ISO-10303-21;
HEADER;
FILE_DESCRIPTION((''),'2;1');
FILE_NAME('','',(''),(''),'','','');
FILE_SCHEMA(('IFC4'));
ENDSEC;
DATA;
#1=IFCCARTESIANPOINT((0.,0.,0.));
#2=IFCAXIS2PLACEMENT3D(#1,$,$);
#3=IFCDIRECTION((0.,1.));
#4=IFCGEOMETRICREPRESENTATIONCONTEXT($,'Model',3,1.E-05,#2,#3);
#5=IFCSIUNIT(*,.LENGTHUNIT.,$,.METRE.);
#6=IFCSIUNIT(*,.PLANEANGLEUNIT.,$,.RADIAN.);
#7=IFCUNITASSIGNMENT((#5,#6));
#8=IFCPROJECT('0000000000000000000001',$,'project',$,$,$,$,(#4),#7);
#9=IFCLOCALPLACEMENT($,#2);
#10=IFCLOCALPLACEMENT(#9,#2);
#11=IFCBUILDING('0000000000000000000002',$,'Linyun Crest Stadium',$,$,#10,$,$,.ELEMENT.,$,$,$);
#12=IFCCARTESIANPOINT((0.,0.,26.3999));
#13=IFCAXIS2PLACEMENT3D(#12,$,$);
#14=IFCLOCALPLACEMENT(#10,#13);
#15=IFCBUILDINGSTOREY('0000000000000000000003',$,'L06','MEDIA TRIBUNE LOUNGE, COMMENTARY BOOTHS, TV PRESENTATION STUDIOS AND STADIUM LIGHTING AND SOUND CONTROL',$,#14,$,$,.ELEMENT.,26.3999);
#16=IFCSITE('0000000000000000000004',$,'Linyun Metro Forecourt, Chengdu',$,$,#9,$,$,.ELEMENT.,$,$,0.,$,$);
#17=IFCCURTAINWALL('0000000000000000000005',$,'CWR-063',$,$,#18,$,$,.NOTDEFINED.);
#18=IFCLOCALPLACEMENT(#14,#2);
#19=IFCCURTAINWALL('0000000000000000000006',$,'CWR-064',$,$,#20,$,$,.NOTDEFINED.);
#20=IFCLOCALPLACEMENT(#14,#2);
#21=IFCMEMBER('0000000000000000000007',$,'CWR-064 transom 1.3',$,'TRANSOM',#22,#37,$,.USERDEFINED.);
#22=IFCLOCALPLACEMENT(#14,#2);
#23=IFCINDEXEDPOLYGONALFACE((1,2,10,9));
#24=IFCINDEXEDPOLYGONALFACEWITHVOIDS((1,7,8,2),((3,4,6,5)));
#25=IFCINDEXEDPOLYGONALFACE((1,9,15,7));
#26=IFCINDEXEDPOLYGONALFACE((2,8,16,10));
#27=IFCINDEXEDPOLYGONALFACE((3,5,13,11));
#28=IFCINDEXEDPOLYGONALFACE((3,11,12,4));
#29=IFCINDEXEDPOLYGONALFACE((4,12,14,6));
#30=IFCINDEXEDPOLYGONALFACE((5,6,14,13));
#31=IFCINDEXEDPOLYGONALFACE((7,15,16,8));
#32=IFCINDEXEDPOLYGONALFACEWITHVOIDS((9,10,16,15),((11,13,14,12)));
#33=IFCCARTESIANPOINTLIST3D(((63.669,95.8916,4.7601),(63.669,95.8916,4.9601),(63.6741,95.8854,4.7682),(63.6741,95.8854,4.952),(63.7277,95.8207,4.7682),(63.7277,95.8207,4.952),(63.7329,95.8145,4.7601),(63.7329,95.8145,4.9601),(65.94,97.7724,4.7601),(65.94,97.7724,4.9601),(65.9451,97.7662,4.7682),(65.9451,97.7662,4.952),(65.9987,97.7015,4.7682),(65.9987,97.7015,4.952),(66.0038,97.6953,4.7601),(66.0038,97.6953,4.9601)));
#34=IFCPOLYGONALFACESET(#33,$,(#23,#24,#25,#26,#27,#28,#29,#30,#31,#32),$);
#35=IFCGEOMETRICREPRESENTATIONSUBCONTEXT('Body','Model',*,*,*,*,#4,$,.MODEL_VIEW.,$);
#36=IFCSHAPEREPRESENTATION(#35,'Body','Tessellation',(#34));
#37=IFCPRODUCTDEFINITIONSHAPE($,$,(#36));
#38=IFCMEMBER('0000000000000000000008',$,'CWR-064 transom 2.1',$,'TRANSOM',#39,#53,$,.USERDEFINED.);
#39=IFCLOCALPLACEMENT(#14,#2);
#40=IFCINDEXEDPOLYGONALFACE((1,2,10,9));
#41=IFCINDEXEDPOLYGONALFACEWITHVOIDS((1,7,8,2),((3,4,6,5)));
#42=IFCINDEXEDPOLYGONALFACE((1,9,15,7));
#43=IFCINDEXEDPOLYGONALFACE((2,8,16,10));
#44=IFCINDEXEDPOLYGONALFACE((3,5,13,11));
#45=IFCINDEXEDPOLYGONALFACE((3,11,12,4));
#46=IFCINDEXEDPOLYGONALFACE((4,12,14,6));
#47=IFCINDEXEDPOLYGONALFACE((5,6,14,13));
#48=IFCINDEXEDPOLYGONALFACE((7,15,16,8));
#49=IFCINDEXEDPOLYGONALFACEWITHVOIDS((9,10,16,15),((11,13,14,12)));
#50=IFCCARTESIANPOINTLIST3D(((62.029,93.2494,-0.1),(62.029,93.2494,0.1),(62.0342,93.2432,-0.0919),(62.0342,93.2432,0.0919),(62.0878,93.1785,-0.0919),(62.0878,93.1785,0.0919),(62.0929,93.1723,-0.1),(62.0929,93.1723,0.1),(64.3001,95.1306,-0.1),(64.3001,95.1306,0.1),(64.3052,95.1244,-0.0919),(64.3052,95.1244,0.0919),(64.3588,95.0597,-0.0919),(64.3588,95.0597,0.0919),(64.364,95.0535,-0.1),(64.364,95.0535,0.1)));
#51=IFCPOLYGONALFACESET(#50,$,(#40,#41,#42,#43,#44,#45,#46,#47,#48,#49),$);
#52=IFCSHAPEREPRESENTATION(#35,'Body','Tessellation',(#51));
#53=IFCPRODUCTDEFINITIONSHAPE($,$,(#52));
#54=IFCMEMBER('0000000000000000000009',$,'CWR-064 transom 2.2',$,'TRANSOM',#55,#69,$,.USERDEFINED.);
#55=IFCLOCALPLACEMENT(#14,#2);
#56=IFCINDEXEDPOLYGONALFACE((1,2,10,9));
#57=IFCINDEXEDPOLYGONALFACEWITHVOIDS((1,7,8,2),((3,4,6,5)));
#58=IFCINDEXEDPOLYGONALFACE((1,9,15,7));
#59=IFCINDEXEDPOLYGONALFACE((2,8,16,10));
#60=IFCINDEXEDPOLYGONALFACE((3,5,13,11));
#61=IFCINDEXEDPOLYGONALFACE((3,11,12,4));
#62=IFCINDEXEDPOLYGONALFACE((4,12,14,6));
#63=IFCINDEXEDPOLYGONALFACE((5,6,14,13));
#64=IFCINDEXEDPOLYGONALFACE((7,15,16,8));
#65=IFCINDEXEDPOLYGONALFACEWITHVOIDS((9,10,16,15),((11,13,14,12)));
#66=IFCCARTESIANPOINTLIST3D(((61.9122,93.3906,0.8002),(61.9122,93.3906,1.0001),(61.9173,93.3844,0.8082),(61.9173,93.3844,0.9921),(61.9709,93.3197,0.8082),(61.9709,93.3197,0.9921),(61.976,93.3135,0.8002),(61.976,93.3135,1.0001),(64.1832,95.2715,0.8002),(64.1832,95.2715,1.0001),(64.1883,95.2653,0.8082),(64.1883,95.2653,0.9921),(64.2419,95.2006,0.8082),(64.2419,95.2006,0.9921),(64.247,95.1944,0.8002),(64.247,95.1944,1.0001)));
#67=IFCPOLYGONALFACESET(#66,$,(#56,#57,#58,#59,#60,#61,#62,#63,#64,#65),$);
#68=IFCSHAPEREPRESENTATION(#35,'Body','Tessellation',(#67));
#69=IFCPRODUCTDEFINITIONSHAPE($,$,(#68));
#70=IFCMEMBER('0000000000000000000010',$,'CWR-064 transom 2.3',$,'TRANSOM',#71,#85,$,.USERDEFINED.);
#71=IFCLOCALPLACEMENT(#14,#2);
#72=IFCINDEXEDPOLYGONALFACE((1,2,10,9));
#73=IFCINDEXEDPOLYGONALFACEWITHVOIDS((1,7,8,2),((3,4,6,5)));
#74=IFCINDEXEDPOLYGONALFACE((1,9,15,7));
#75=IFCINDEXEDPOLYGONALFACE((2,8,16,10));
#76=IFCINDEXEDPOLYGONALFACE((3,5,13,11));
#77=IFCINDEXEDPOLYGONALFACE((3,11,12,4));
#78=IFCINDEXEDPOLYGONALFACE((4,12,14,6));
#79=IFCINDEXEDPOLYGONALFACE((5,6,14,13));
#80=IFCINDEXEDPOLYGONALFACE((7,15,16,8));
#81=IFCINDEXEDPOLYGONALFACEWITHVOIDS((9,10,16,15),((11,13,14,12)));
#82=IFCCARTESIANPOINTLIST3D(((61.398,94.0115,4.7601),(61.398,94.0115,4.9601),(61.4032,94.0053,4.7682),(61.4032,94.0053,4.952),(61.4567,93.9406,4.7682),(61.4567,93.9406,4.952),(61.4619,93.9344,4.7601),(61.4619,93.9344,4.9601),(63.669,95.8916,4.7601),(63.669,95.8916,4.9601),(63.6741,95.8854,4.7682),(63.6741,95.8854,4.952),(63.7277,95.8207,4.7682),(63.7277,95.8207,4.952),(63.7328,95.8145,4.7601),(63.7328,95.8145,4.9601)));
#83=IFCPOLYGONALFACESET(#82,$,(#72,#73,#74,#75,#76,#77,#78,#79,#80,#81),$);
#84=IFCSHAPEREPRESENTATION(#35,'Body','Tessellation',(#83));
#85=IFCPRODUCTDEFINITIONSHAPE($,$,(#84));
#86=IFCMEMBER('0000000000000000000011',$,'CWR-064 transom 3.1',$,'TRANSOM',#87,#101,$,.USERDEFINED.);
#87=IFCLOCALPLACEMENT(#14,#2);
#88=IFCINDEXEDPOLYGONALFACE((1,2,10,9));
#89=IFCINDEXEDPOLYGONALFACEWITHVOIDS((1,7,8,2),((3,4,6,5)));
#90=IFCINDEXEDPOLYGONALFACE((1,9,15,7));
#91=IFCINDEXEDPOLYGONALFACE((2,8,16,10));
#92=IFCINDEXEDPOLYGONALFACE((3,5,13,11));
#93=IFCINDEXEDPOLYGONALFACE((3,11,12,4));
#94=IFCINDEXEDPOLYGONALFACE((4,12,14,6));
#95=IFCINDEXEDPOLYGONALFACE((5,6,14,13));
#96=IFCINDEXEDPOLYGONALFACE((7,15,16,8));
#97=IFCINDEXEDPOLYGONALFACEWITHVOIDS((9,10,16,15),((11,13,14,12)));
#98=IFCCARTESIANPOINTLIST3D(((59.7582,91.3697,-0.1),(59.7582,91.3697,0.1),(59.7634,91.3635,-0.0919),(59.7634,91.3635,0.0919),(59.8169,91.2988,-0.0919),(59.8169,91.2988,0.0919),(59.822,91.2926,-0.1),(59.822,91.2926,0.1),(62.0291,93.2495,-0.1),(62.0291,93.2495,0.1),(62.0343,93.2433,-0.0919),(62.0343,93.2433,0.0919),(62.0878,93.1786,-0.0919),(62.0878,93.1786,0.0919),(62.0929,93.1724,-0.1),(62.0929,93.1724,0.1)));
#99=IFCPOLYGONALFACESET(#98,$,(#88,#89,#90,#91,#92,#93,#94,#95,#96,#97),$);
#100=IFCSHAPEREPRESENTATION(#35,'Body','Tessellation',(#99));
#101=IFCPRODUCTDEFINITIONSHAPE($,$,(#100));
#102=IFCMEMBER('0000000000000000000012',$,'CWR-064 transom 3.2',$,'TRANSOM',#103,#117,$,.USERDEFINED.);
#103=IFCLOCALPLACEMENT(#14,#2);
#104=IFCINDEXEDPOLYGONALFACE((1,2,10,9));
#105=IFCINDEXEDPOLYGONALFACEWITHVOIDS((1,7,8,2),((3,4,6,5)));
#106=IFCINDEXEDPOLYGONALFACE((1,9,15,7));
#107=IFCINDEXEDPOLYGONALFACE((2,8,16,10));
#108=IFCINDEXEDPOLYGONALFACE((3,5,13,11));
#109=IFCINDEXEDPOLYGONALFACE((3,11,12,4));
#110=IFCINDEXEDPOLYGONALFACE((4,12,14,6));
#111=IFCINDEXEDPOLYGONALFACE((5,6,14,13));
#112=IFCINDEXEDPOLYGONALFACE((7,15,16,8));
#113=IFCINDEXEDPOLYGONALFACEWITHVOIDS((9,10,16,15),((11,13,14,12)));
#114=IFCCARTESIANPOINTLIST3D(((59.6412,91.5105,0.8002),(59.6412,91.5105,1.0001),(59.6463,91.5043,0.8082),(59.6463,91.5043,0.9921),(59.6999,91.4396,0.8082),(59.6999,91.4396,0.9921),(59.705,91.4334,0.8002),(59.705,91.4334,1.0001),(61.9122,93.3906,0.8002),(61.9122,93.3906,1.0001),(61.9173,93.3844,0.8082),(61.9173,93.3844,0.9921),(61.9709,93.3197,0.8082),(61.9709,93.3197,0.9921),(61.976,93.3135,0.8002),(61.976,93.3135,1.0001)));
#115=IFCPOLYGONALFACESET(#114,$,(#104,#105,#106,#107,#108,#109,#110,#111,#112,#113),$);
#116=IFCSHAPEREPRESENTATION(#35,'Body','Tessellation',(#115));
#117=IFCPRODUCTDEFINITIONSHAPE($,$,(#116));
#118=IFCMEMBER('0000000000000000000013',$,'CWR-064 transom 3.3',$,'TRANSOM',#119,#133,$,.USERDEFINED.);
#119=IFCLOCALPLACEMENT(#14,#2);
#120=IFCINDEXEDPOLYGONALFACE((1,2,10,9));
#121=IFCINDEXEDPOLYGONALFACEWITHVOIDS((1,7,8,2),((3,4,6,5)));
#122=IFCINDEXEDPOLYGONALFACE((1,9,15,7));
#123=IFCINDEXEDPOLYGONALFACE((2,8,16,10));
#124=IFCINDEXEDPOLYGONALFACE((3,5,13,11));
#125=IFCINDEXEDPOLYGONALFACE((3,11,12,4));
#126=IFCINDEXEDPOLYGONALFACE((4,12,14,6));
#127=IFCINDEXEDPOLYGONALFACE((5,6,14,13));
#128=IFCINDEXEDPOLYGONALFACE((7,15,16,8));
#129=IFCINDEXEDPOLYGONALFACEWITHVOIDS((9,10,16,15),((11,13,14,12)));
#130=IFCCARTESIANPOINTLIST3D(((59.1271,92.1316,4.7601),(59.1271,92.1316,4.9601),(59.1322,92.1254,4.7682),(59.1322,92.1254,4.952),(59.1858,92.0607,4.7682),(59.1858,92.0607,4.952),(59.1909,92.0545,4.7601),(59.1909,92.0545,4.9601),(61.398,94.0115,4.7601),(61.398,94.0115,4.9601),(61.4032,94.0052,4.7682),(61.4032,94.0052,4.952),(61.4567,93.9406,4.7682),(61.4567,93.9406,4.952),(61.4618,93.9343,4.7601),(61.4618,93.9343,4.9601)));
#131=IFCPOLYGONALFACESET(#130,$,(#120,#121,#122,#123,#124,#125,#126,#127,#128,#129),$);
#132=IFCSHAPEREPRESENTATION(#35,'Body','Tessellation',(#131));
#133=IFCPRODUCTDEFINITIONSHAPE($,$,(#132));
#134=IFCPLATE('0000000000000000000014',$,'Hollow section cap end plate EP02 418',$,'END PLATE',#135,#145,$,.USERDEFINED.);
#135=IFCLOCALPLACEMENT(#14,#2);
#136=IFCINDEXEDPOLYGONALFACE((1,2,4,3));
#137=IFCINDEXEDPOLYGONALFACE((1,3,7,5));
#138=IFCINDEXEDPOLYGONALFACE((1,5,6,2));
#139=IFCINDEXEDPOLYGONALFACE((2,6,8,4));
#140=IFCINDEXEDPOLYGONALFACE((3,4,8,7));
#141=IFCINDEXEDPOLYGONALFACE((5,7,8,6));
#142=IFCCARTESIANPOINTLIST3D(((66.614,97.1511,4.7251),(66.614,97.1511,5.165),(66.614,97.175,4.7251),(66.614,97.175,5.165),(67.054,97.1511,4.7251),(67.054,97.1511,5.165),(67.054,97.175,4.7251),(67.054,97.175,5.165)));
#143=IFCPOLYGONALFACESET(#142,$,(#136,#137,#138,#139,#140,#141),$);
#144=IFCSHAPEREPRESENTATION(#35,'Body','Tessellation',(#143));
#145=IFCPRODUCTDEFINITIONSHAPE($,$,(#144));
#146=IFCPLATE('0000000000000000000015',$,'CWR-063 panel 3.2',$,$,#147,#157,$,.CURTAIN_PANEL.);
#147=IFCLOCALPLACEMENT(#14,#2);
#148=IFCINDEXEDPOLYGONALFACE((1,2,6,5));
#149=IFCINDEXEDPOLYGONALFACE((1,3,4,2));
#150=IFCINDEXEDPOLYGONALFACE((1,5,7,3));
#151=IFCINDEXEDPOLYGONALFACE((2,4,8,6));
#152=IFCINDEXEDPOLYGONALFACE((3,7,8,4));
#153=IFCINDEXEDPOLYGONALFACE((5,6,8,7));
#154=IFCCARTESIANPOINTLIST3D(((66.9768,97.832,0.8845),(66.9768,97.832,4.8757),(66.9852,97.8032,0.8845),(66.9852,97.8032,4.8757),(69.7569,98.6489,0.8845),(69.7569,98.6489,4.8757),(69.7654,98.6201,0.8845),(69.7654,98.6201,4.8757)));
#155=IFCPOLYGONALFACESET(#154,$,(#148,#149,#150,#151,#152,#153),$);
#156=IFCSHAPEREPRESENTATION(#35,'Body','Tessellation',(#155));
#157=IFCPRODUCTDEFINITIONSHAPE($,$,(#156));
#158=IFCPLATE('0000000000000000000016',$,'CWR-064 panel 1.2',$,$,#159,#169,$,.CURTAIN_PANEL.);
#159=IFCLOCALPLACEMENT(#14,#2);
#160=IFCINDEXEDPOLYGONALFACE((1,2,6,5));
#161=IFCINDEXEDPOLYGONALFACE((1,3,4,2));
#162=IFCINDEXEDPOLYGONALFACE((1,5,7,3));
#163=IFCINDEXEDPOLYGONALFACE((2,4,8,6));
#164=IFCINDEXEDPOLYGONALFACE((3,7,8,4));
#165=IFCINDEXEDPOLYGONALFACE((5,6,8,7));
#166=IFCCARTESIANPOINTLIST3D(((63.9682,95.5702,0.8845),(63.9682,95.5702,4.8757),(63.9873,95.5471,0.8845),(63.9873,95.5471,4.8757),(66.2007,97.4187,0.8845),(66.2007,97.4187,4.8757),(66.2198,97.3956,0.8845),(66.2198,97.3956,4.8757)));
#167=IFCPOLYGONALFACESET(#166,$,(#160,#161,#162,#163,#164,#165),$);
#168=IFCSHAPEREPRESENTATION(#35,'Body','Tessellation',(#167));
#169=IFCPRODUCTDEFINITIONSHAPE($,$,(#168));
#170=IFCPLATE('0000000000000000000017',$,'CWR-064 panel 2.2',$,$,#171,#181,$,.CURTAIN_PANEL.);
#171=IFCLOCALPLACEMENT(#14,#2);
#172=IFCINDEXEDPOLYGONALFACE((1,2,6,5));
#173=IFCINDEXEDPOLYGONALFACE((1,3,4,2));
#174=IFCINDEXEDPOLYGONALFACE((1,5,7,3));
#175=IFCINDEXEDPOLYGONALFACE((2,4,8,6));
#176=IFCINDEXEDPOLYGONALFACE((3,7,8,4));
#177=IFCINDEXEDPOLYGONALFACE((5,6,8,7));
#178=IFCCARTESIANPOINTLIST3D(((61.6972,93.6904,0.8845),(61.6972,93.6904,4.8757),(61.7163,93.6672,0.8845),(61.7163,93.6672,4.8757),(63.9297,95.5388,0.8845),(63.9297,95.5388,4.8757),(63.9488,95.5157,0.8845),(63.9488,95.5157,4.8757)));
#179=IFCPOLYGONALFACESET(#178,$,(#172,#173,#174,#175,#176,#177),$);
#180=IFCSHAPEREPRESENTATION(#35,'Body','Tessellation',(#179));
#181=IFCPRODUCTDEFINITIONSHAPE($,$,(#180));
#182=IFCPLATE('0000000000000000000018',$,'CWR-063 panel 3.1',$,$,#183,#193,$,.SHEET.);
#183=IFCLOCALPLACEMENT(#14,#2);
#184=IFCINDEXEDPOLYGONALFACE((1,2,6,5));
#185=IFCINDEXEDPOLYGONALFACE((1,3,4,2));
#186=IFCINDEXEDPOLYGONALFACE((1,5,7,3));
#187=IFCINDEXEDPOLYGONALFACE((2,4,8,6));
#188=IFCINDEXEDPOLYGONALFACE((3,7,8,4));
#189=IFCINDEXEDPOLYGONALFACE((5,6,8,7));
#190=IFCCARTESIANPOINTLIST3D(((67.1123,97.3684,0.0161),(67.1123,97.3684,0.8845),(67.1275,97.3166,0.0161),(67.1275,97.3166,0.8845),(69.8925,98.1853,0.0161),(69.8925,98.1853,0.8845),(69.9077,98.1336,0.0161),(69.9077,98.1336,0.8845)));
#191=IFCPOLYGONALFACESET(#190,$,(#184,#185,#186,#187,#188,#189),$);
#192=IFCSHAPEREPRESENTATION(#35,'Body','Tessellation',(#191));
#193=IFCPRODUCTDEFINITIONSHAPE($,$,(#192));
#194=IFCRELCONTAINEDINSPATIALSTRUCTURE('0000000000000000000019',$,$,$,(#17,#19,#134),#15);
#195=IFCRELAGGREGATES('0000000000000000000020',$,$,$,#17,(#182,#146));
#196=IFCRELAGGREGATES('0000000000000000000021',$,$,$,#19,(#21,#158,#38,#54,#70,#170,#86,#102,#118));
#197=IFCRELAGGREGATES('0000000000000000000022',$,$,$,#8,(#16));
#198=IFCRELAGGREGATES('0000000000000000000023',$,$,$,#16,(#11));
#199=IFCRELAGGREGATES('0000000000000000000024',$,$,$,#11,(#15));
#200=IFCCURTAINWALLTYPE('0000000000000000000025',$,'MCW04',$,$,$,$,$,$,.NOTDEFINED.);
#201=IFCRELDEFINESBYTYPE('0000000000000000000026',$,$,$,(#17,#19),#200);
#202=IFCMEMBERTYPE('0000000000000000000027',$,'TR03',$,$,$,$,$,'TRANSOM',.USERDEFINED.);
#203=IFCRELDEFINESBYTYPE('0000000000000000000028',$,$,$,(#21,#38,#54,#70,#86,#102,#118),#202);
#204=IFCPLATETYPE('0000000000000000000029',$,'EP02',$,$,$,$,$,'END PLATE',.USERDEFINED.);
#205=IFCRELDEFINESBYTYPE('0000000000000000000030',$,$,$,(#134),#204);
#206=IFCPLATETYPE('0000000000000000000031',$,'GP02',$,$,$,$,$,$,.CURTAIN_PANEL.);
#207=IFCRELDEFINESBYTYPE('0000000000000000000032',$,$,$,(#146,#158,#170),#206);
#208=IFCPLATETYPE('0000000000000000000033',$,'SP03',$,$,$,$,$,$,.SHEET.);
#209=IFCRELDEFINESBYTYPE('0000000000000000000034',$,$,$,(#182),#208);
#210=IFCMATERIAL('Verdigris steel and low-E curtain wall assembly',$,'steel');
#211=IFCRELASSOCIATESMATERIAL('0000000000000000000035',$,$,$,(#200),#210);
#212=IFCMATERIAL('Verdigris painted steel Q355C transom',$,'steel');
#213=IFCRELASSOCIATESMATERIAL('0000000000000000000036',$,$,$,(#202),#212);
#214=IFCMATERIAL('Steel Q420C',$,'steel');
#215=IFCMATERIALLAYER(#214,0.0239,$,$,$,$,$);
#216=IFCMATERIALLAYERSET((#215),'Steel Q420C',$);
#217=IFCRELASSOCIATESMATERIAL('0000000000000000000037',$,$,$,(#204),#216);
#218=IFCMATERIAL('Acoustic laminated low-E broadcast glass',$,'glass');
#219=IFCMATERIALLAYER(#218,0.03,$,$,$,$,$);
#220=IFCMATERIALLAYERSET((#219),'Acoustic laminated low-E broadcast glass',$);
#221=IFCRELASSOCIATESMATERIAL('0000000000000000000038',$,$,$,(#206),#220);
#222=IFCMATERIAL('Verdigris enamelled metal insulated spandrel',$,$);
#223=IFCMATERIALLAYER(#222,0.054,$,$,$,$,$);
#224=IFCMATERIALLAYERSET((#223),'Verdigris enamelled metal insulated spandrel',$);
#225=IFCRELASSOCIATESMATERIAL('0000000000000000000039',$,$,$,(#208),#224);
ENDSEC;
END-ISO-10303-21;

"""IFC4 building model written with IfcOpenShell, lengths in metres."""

from ifc_helpers import new_model, si_unit, direction, frame, origin, origin_2d, place, context, subcontext, project, spatial, rectangle, hollow_rectangle, extrude, material, layer, layer_set, material_profile, profile_set, type_object, element, aggregate, save


model = new_model("IFC4")

# Units and contexts
model_context = context("Model", 3, precision=1e-05, world=origin(), true_north=direction((0.0, 1.0)))
body_context = subcontext(model_context, "Body", "Model", "MODEL_VIEW")
ifc_project = project(units=[si_unit("LENGTHUNIT", "METRE"), si_unit("PLANEANGLEUNIT", "RADIAN")], contexts=[model_context])

# Site, building, storey
site_placement = place(None, origin())
site = spatial("IfcSite", under=ifc_project, at=site_placement, Name="Linyun Metro Forecourt, Chengdu", CompositionType="ELEMENT", RefElevation=0.0)
building_placement = place(site_placement, origin())
building = spatial("IfcBuilding", under=site, at=building_placement, Name="Linyun Crest Stadium", CompositionType="ELEMENT")
storey_placement = place(building_placement, frame((0.0, 0.0, 26.3999)))
storey = spatial("IfcBuildingStorey", under=building, at=storey_placement, Name="L06", Description="MEDIA TRIBUNE LOUNGE, COMMENTARY BOOTHS, TV PRESENTATION STUDIOS AND STADIUM LIGHTING AND SOUND CONTROL", CompositionType="ELEMENT", Elevation=26.3999)

# Curtain walls
ifc_material_1 = material(Name="Verdigris steel and low-E curtain wall assembly", Category="steel")
curtain_wall_type = type_object("IfcCurtainWallType", Name="MCW04", PredefinedType="NOTDEFINED", material=ifc_material_1)
curtain_wall_1_placement = place(storey_placement, origin())
curtain_wall_1 = element("IfcCurtainWall", 1, at=curtain_wall_1_placement, inside=storey, type_object=curtain_wall_type, Name="CWR-063", PredefinedType="NOTDEFINED")
curtain_wall_2_placement = place(storey_placement, origin())
curtain_wall_2 = element("IfcCurtainWall", 2, at=curtain_wall_2_placement, inside=storey, type_object=curtain_wall_type, Name="CWR-064", PredefinedType="NOTDEFINED")

# Members
ifc_material_2 = material(Name="Verdigris painted steel Q355C transom", Category="steel")
ifc_material_profile_1 = material_profile(ifc_material_2, hollow_rectangle(XDim=0.1001, YDim=0.2, WallThickness=0.0081, at=origin_2d()), Name="RHS 200x100x8")
ifc_profile_set_1 = profile_set([ifc_material_profile_1], Name="Verdigris painted steel Q355C transom")
member_type_1 = type_object("IfcMemberType", Name="TR03", ElementType="TRANSOM", PredefinedType="USERDEFINED", material=ifc_profile_set_1)
member_1_placement = place(storey_placement, frame((65.9719, 97.7339, 4.8601), z_axis=(-0.770159, -0.637852, 0.0), x_axis=(0.637852, -0.770159, 0.0)))
member_1 = element("IfcMember", 3, at=member_1_placement, type_object=member_type_1, Name="CWR-064 transom 1.3", ObjectType="TRANSOM", PredefinedType="USERDEFINED", context=body_context, shape_type="SweptSolid", body=[
    extrude(hollow_rectangle(XDim=0.1001, YDim=0.2, WallThickness=0.0081, at=origin_2d()), origin(), (0.0, 0.0, 1.0), 2.9487),
])
member_2_placement = place(storey_placement, frame((64.332, 95.092, 0.0), z_axis=(-0.770118, -0.637901, 0.0), x_axis=(0.637901, -0.770118, 0.0)))
member_2 = element("IfcMember", 4, at=member_2_placement, type_object=member_type_1, Name="CWR-064 transom 2.1", ObjectType="TRANSOM", PredefinedType="USERDEFINED", context=body_context, shape_type="SweptSolid", body=[
    extrude(hollow_rectangle(XDim=0.1001, YDim=0.2, WallThickness=0.0081, at=origin_2d()), origin(), (0.0, 0.0, 1.0), 2.949),
])
member_3_placement = place(storey_placement, frame((64.2151, 95.2329, 0.9001), z_axis=(-0.770159, -0.637852, 0.0), x_axis=(0.637852, -0.770159, 0.0)))
member_3 = element("IfcMember", 5, at=member_3_placement, type_object=member_type_1, Name="CWR-064 transom 2.2", ObjectType="TRANSOM", PredefinedType="USERDEFINED", context=body_context, shape_type="SweptSolid", body=[
    extrude(hollow_rectangle(XDim=0.1001, YDim=0.2, WallThickness=0.0081, at=origin_2d()), origin(), (0.0, 0.0, 1.0), 2.9487),
])
member_4_placement = place(storey_placement, frame((63.7009, 95.853, 4.8601), z_axis=(-0.770281, -0.637705, 0.0), x_axis=(0.637705, -0.770281, 0.0)))
member_4 = element("IfcMember", 6, at=member_4_placement, type_object=member_type_1, Name="CWR-064 transom 2.3", ObjectType="TRANSOM", PredefinedType="USERDEFINED", context=body_context, shape_type="SweptSolid", body=[
    extrude(hollow_rectangle(XDim=0.1001, YDim=0.2, WallThickness=0.0081, at=origin_2d()), origin(), (0.0, 0.0, 1.0), 2.9482),
])
member_5_placement = place(storey_placement, frame((62.061, 93.2109, 0.0), z_axis=(-0.770321, -0.637656, 0.0), x_axis=(0.637656, -0.770321, 0.0)))
member_5 = element("IfcMember", 7, at=member_5_placement, type_object=member_type_1, Name="CWR-064 transom 3.1", ObjectType="TRANSOM", PredefinedType="USERDEFINED", context=body_context, shape_type="SweptSolid", body=[
    extrude(hollow_rectangle(XDim=0.1001, YDim=0.2, WallThickness=0.0081, at=origin_2d()), origin(), (0.0, 0.0, 1.0), 2.948),
])
member_6_placement = place(storey_placement, frame((61.9441, 93.3521, 0.9001), z_axis=(-0.770281, -0.637705, 0.0), x_axis=(0.637705, -0.770281, 0.0)))
member_6 = element("IfcMember", 8, at=member_6_placement, type_object=member_type_1, Name="CWR-064 transom 3.2", ObjectType="TRANSOM", PredefinedType="USERDEFINED", context=body_context, shape_type="SweptSolid", body=[
    extrude(hollow_rectangle(XDim=0.1001, YDim=0.2, WallThickness=0.0081, at=origin_2d()), origin(), (0.0, 0.0, 1.0), 2.9482),
])
member_7_placement = place(storey_placement, frame((61.4299, 93.9729, 4.8601), z_axis=(-0.770321, -0.637656, 0.0), x_axis=(0.637656, -0.770321, 0.0)))
member_7 = element("IfcMember", 9, at=member_7_placement, type_object=member_type_1, Name="CWR-064 transom 3.3", ObjectType="TRANSOM", PredefinedType="USERDEFINED", context=body_context, shape_type="SweptSolid", body=[
    extrude(hollow_rectangle(XDim=0.1001, YDim=0.2, WallThickness=0.0081, at=origin_2d()), origin(), (0.0, 0.0, 1.0), 2.948),
])

# Plates
ifc_material_3 = material(Name="Steel Q420C", Category="steel")
ifc_layer_1 = layer(ifc_material_3, 0.0239)
ifc_layer_set_1 = layer_set([ifc_layer_1], Name="Steel Q420C")
plate_type_1 = type_object("IfcPlateType", Name="EP02", ElementType="END PLATE", PredefinedType="USERDEFINED", material=ifc_layer_set_1)
plate_1_placement = place(storey_placement, frame((66.834, 97.1631, 4.7251), z_axis=(0.0, 0.0, 1.0), x_axis=(1.0, 0.0, 0.0)))
element("IfcPlate", 10, at=plate_1_placement, inside=storey, type_object=plate_type_1, Name="Hollow section cap end plate EP02 418", ObjectType="END PLATE", PredefinedType="USERDEFINED", context=body_context, shape_type="SweptSolid", body=[
    extrude(rectangle(XDim=0.4399, YDim=0.0239, at=origin_2d()), origin(), (0.0, 0.0, 1.0), 0.4399),
])
ifc_material_4 = material(Name="Acoustic laminated low-E broadcast glass", Category="glass")
ifc_layer_2 = layer(ifc_material_4, 0.03)
ifc_layer_set_2 = layer_set([ifc_layer_2], Name="Acoustic laminated low-E broadcast glass")
plate_type_2 = type_object("IfcPlateType", Name="GP02", PredefinedType="CURTAIN_PANEL", material=ifc_layer_set_2)
plate_2_placement = place(storey_placement, frame((68.3711, 98.2261, 0.8845), z_axis=(0.0, 0.0, 1.0), x_axis=(-0.959437, -0.281923, 0.0)))
plate_2 = element("IfcPlate", 11, at=plate_2_placement, type_object=plate_type_2, Name="CWR-063 panel 3.2", PredefinedType="CURTAIN_PANEL", context=body_context, shape_type="SweptSolid", body=[
    extrude(rectangle(XDim=2.8977, YDim=0.03, at=origin_2d()), origin(), (0.0, 0.0, 1.0), 3.9912),
])
plate_3_placement = place(storey_placement, frame((65.094, 96.4829, 0.8845), z_axis=(0.0, 0.0, 1.0), x_axis=(-0.770246, -0.637747, 0.0)))
plate_3 = element("IfcPlate", 12, at=plate_3_placement, type_object=plate_type_2, Name="CWR-064 panel 1.2", PredefinedType="CURTAIN_PANEL", context=body_context, shape_type="SweptSolid", body=[
    extrude(rectangle(XDim=2.8984, YDim=0.03, at=origin_2d()), origin(), (0.0, 0.0, 1.0), 3.9912),
])
plate_4_placement = place(storey_placement, frame((62.823, 94.603, 0.8845), z_axis=(0.0, 0.0, 1.0), x_axis=(-0.770246, -0.637747, 0.0)))
plate_4 = element("IfcPlate", 13, at=plate_4_placement, type_object=plate_type_2, Name="CWR-064 panel 2.2", PredefinedType="CURTAIN_PANEL", context=body_context, shape_type="SweptSolid", body=[
    extrude(rectangle(XDim=2.8984, YDim=0.03, at=origin_2d()), origin(), (0.0, 0.0, 1.0), 3.9912),
])
ifc_material_5 = material(Name="Verdigris enamelled metal insulated spandrel")
ifc_layer_3 = layer(ifc_material_5, 0.054)
ifc_layer_set_3 = layer_set([ifc_layer_3], Name="Verdigris enamelled metal insulated spandrel")
plate_type_3 = type_object("IfcPlateType", Name="SP03", PredefinedType="SHEET", material=ifc_layer_set_3)
plate_5_placement = place(storey_placement, frame((68.51, 97.751, 0.0161), z_axis=(0.0, 0.0, 1.0), x_axis=(-0.959437, -0.281923, 0.0)))
plate_5 = element("IfcPlate", 14, at=plate_5_placement, type_object=plate_type_3, Name="CWR-063 panel 3.1", PredefinedType="SHEET", context=body_context, shape_type="SweptSolid", body=[
    extrude(rectangle(XDim=2.8977, YDim=0.054, at=origin_2d()), origin(), (0.0, 0.0, 1.0), 0.8684),
])
aggregate(curtain_wall_1, [plate_5, plate_2])
aggregate(curtain_wall_2, [member_1, plate_3, member_2, member_3, member_4, plate_4, member_5, member_6, member_7])

save(model, "model.ifc")
